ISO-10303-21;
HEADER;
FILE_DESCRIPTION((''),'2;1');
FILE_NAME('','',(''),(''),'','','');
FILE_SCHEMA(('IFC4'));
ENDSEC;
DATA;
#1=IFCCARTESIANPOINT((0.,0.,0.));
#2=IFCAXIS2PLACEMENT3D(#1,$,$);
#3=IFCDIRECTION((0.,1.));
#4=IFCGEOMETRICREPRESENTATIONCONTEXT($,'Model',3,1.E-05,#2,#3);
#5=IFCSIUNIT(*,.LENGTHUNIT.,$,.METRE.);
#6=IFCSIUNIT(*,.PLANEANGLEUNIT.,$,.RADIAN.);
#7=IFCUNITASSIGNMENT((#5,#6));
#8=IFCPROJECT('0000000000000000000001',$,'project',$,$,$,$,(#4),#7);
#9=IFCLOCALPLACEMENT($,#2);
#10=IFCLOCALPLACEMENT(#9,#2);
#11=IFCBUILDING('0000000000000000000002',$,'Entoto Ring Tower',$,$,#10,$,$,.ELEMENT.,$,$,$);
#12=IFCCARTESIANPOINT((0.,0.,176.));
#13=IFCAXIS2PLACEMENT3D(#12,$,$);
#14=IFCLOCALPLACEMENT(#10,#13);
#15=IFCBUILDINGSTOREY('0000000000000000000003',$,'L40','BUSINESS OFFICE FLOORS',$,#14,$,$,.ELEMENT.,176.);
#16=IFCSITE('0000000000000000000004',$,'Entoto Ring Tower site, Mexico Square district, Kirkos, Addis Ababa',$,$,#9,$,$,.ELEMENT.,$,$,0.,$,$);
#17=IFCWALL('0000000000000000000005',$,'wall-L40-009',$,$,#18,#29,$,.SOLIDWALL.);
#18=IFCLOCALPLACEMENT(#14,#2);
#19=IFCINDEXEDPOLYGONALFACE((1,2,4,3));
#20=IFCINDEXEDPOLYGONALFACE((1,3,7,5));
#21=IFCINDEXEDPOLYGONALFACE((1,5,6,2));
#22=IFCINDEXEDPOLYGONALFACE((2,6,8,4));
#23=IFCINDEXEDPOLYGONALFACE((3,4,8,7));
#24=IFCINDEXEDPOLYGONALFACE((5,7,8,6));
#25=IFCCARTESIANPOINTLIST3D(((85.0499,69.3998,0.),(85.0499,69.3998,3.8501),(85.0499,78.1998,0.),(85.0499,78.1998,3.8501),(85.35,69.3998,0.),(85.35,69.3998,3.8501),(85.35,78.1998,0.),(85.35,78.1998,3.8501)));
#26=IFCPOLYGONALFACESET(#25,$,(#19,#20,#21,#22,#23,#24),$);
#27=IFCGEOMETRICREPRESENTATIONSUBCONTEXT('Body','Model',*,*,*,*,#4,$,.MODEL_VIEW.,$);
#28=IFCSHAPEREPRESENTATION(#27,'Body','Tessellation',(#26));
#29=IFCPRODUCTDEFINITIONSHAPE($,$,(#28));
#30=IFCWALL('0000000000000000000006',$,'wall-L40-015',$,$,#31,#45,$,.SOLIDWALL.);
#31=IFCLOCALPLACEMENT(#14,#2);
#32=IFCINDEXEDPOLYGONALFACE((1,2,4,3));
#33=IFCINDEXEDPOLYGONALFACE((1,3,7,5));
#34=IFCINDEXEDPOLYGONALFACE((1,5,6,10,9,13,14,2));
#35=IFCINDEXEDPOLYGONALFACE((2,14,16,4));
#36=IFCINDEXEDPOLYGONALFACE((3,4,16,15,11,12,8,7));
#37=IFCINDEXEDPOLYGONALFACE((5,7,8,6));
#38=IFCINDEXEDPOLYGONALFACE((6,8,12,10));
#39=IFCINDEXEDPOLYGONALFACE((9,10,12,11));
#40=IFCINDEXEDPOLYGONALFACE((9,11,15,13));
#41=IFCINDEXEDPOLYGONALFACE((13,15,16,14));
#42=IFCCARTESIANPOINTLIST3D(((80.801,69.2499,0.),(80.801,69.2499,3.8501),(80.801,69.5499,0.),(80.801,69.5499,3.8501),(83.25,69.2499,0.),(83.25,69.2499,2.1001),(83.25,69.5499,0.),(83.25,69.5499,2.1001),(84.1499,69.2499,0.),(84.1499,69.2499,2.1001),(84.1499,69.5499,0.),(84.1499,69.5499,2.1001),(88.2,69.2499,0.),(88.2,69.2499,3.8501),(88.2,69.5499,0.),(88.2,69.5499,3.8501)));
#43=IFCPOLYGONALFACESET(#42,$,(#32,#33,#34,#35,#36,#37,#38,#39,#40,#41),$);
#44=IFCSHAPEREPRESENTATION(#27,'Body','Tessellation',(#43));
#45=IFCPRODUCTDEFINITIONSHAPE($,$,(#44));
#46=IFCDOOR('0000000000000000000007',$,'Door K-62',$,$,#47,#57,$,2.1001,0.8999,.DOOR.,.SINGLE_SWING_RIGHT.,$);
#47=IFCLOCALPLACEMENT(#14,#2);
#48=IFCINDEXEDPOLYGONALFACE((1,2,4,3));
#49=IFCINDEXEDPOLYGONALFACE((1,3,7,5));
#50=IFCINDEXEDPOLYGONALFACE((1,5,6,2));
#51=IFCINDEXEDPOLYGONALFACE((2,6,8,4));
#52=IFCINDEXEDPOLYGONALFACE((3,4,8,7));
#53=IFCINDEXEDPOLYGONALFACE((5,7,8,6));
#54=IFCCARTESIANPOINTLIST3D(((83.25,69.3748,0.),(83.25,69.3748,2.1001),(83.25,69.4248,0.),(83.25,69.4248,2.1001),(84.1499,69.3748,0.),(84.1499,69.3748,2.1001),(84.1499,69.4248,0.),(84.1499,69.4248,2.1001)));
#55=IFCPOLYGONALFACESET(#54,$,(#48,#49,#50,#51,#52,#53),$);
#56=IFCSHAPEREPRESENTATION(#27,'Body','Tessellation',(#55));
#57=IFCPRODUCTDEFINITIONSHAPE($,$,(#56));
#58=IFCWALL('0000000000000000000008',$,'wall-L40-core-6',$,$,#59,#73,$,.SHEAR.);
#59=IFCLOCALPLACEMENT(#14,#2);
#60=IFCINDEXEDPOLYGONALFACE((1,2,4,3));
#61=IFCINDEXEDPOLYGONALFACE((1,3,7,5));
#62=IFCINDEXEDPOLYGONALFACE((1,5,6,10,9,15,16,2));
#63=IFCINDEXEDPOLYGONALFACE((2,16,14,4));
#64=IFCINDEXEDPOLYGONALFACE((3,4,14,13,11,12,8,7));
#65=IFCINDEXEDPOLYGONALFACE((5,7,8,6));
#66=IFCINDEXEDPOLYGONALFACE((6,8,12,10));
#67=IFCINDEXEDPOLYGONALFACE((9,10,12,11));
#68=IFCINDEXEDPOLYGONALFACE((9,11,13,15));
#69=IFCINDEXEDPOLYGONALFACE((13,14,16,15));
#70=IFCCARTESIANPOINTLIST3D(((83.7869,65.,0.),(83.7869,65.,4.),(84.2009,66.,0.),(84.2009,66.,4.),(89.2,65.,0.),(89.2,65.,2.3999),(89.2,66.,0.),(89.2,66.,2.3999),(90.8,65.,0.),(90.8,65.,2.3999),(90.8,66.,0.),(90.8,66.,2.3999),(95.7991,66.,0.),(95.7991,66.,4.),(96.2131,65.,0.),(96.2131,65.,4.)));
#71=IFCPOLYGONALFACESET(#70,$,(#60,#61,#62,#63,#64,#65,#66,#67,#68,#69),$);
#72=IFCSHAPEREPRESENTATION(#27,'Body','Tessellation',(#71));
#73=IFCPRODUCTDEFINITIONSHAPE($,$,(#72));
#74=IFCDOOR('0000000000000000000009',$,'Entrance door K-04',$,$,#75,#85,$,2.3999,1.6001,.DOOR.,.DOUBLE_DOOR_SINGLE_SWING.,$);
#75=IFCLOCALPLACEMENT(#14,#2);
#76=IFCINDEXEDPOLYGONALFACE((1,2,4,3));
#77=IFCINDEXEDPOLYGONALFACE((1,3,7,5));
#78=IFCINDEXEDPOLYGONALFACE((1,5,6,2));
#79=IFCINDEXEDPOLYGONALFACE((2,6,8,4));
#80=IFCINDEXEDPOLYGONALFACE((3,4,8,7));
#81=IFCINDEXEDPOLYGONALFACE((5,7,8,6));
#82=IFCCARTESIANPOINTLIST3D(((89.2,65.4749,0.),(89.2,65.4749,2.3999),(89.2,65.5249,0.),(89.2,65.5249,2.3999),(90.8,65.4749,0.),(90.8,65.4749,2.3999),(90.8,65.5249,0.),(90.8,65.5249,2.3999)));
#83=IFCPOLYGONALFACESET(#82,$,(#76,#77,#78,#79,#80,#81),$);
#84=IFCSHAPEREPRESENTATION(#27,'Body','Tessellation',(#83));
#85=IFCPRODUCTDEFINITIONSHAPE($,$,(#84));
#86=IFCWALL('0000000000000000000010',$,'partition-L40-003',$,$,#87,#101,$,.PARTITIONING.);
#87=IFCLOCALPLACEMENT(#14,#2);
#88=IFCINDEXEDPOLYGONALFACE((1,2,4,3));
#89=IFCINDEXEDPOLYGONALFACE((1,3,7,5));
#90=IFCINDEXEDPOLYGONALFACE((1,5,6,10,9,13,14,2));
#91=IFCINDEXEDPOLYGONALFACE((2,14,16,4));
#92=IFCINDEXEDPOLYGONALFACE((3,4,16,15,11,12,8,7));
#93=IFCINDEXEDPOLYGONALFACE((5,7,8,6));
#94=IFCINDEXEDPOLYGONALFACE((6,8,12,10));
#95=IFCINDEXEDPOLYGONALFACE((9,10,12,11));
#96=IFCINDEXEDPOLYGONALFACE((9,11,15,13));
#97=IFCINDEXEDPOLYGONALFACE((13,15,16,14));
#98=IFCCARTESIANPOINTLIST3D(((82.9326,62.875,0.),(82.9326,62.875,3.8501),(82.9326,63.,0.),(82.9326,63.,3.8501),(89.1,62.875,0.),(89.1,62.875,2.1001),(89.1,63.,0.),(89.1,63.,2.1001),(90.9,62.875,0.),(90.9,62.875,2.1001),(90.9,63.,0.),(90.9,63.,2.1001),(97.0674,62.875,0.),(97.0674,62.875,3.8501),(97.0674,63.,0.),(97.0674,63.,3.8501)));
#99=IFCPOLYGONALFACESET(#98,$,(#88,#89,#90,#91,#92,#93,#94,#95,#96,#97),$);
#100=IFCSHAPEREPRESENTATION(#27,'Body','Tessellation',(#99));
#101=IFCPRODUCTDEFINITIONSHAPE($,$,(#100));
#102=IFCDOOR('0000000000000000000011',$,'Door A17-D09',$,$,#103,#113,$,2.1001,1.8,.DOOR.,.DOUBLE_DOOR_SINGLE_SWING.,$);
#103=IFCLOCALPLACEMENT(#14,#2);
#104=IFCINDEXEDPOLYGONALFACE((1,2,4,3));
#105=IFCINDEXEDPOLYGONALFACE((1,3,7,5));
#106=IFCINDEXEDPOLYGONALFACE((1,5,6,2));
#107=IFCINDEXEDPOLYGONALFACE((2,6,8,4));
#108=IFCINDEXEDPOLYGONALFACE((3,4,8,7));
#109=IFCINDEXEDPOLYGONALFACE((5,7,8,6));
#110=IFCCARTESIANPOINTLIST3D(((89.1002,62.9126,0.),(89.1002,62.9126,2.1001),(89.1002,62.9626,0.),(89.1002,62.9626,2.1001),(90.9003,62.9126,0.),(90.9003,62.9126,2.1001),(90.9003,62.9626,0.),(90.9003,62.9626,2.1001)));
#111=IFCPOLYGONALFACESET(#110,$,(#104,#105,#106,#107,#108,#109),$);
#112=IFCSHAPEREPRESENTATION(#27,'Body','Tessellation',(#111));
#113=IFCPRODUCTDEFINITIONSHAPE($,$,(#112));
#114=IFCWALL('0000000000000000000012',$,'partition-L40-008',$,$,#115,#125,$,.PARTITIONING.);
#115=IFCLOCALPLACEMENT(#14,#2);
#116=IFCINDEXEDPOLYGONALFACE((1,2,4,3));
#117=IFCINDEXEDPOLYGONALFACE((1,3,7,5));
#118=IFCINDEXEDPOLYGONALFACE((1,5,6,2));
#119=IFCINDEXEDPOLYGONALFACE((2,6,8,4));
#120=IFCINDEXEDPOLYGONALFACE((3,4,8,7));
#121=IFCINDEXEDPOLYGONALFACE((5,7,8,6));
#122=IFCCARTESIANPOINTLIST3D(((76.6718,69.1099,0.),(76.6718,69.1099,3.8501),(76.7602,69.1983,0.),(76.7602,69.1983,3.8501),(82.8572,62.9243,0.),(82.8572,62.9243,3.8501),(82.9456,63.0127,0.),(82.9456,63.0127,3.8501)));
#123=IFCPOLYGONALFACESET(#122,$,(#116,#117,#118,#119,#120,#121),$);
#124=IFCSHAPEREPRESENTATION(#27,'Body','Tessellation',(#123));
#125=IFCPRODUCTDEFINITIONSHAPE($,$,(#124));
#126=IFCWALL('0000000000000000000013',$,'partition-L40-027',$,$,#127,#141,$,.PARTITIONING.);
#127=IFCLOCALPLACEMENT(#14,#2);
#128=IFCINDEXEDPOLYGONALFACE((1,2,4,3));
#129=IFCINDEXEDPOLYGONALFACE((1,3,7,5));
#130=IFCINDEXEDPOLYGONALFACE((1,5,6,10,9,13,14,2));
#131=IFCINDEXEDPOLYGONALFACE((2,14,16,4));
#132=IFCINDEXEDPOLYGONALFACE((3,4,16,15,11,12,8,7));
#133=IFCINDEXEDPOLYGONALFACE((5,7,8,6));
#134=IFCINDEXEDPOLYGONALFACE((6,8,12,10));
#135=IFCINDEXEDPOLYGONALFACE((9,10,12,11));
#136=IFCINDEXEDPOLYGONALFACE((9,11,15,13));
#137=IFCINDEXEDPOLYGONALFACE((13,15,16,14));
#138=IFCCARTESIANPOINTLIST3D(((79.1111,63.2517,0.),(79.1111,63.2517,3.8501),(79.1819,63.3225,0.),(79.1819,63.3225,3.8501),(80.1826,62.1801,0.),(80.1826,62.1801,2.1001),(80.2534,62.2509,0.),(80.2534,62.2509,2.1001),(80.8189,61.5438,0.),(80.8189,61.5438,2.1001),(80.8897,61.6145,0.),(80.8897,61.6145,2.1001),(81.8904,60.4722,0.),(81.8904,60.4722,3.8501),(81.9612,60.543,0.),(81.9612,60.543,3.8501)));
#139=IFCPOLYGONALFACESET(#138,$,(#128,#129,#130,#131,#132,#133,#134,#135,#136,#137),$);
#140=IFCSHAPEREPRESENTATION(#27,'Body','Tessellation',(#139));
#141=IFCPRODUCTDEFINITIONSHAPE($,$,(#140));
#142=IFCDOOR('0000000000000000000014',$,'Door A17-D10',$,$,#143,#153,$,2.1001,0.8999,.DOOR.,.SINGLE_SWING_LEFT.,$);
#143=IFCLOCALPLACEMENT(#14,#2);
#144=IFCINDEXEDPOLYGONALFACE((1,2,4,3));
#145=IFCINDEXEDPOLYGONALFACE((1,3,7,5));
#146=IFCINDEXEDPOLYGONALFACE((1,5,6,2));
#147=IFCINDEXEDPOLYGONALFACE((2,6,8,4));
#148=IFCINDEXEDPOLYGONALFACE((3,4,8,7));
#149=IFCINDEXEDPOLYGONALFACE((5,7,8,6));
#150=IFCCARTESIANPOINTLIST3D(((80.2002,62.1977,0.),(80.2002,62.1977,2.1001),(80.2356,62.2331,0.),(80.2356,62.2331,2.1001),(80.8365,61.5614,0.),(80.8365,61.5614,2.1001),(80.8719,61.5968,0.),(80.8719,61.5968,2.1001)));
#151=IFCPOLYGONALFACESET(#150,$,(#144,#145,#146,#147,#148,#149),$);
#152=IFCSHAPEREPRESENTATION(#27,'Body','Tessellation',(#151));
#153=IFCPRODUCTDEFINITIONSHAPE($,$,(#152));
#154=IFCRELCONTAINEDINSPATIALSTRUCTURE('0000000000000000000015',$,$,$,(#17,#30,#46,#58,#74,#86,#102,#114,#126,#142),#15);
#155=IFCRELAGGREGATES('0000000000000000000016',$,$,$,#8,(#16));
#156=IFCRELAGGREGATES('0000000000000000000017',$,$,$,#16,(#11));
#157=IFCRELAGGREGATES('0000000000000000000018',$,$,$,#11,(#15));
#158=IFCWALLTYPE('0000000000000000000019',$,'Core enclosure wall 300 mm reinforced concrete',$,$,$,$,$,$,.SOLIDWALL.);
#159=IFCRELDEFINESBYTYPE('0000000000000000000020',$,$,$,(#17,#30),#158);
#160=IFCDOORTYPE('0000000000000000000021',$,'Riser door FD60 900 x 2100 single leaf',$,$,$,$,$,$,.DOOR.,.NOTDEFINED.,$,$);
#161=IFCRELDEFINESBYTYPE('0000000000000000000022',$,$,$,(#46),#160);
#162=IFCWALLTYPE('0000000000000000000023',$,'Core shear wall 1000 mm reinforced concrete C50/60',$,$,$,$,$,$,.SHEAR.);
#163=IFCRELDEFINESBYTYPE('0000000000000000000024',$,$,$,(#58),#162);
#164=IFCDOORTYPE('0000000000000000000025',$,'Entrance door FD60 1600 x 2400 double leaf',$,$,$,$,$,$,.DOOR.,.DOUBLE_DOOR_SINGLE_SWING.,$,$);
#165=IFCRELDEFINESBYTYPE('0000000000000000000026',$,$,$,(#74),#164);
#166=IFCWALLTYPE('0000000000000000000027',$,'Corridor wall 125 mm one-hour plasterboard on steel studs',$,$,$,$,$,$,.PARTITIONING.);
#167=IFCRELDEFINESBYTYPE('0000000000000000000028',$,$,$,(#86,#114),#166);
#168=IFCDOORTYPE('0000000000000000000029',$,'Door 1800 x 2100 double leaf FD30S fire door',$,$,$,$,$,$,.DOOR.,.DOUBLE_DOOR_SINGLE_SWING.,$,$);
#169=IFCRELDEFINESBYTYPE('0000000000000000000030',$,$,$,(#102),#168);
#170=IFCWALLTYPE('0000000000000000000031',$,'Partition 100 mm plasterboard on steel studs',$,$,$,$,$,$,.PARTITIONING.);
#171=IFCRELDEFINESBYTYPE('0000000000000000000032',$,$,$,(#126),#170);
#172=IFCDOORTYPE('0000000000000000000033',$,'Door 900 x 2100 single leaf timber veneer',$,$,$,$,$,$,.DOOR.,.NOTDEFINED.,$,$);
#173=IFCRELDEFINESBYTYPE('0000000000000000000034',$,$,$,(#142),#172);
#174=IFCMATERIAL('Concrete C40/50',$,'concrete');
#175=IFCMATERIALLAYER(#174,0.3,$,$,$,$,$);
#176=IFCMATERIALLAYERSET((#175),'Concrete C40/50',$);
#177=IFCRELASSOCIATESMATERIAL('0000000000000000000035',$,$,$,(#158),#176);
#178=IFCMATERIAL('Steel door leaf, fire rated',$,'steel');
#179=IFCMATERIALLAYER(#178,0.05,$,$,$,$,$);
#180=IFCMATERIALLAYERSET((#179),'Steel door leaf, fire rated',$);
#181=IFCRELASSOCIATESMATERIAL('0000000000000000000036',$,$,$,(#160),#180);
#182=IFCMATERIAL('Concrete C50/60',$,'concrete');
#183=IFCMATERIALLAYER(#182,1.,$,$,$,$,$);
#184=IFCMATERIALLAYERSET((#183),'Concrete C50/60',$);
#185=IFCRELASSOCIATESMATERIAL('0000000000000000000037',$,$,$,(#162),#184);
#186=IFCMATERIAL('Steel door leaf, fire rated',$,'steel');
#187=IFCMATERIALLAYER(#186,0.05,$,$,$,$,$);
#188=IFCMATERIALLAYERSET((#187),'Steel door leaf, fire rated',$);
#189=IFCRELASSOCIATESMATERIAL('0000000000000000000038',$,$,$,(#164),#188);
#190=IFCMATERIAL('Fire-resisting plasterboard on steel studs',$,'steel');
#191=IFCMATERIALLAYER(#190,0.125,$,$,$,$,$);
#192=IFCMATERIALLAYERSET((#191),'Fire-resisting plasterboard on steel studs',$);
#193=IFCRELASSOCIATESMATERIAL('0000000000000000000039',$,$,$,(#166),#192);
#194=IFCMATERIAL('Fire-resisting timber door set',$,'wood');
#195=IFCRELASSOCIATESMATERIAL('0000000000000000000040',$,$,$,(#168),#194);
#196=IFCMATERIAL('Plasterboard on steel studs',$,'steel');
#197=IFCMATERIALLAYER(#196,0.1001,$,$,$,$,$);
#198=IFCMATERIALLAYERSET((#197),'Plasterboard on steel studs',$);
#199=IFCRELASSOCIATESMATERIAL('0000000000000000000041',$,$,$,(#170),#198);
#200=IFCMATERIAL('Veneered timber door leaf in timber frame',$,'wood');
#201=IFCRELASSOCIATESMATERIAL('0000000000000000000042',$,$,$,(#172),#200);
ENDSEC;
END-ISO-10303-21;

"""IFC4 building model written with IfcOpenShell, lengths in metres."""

from ifc_helpers import new_model, si_unit, direction, frame, frame_2d, origin, place, context, subcontext, project, spatial, polyline, rectangle, outline, extrude, material, layer, layer_set, type_object, element, fill, save


model = new_model("IFC4")

# Units and contexts
model_context = context("Model", 3, precision=1e-05, world=origin(), true_north=direction((0.0, 1.0)))
body_context = subcontext(model_context, "Body", "Model", "MODEL_VIEW")
ifc_project = project(units=[si_unit("LENGTHUNIT", "METRE"), si_unit("PLANEANGLEUNIT", "RADIAN")], contexts=[model_context])

# Site, building, storey
site_placement = place(None, origin())
site = spatial("IfcSite", under=ifc_project, at=site_placement, Name="Entoto Ring Tower site, Mexico Square district, Kirkos, Addis Ababa", CompositionType="ELEMENT", RefElevation=0.0)
building_placement = place(site_placement, origin())
building = spatial("IfcBuilding", under=site, at=building_placement, Name="Entoto Ring Tower", CompositionType="ELEMENT")
storey_placement = place(building_placement, frame((0.0, 0.0, 176.0)))
storey = spatial("IfcBuildingStorey", under=building, at=storey_placement, Name="L40", Description="BUSINESS OFFICE FLOORS", CompositionType="ELEMENT", Elevation=176.0)

# Wall
ifc_material_1 = material(Name="Concrete C40/50", Category="concrete")
ifc_layer_1 = layer(ifc_material_1, 0.3)
ifc_layer_set_1 = layer_set([ifc_layer_1], Name="Concrete C40/50")
wall_type_1 = type_object("IfcWallType", Name="Core enclosure wall 300 mm reinforced concrete", PredefinedType="SOLIDWALL", material=ifc_layer_set_1)
wall_1_placement = place(storey_placement, frame((85.2, 69.3999, 0.0), z_axis=(0.0, 0.0, 1.0), x_axis=(0.0, 1.0, 0.0)))
element("IfcWall", 1, at=wall_1_placement, inside=storey, type_object=wall_type_1, Name="wall-L40-009", PredefinedType="SOLIDWALL", context=body_context, shape_type="SweptSolid", body=[
    extrude(rectangle(XDim=8.8, YDim=0.3, at=frame_2d((4.3999, 0.0))), origin(), (0.0, 0.0, 1.0), 3.8501),
])

# Walls, openings, doors
wall_2_placement = place(storey_placement, frame((80.801, 69.3999, 0.0), z_axis=(0.0, 0.0, 1.0), x_axis=(1.0, 0.0, 0.0)))
wall_2 = element("IfcWall", 2, at=wall_2_placement, inside=storey, type_object=wall_type_1, Name="wall-L40-015", PredefinedType="SOLIDWALL", context=body_context, shape_type="SweptSolid", body=[
    extrude(rectangle(XDim=7.3989, YDim=0.3, at=frame_2d((3.6995, 0.0))), origin(), (0.0, 0.0, 1.0), 3.8501),
])
opening_1_placement = place(wall_2_placement, frame((2.449, 0.0, 0.0)))
opening_1 = element("IfcOpeningElement", 3, at=opening_1_placement, cuts=wall_2, PredefinedType="OPENING", context=body_context, shape_type="SweptSolid", body=[
    extrude(rectangle(XDim=0.8999, YDim=2.1001, at=frame_2d((0.45, 1.05))), frame((0.0, 0.1602, 0.0), z_axis=(0.0, -1.0, 0.0), x_axis=(1.0, 0.0, 0.0)), (0.0, 0.0, 1.0), 0.3201),
])
ifc_material_2 = material(Name="Steel door leaf, fire rated", Category="steel")
ifc_layer_2 = layer(ifc_material_2, 0.05)
ifc_layer_set_2 = layer_set([ifc_layer_2], Name="Steel door leaf, fire rated")
door_type_1 = type_object("IfcDoorType", Name="Riser door FD60 900 x 2100 single leaf", OperationType="NOTDEFINED", PredefinedType="DOOR", material=ifc_layer_set_2)
door_1_placement = place(opening_1_placement, origin())
door_1 = element("IfcDoor", 4, at=door_1_placement, inside=storey, type_object=door_type_1, Name="Door K-62", OperationType="SINGLE_SWING_RIGHT", OverallHeight=2.1001, OverallWidth=0.8999, PredefinedType="DOOR", context=body_context, shape_type="SweptSolid", body=[
    extrude(rectangle(XDim=0.8999, YDim=2.1001, at=frame_2d((0.45, 1.05))), frame((0.0, 0.0249, 0.0), z_axis=(0.0, -1.0, 0.0), x_axis=(1.0, 0.0, 0.0)), (0.0, 0.0, 1.0), 0.05),
])
fill(opening_1, door_1)
ifc_material_3 = material(Name="Concrete C50/60", Category="concrete")
ifc_layer_3 = layer(ifc_material_3, 1.0)
ifc_layer_set_3 = layer_set([ifc_layer_3], Name="Concrete C50/60")
wall_type_2 = type_object("IfcWallType", Name="Core shear wall 1000 mm reinforced concrete C50/60", PredefinedType="SHEAR", material=ifc_layer_set_3)
wall_3_placement = place(storey_placement, frame((83.9939, 65.5, 0.0), z_axis=(0.0, 0.0, 1.0), x_axis=(1.0, 0.0, 0.0)))
wall_3 = element("IfcWall", 5, at=wall_3_placement, inside=storey, type_object=wall_type_2, Name="wall-L40-core-6", PredefinedType="SHEAR", context=body_context, shape_type="SweptSolid", body=[
    extrude(outline(polyline([(-0.207, -0.5), (12.2192, -0.5), (11.8052, 0.5), (0.207, 0.5), (-0.207, -0.5)])), origin(), (0.0, 0.0, 1.0), 4.0),
])
opening_2_placement = place(wall_3_placement, frame((5.2061, 0.0, 0.0)))
opening_2 = element("IfcOpeningElement", 6, at=opening_2_placement, cuts=wall_3, PredefinedType="OPENING", context=body_context, shape_type="SweptSolid", body=[
    extrude(rectangle(XDim=1.6001, YDim=2.3999, at=frame_2d((0.8, 1.2))), frame((0.0, 0.51, 0.0), z_axis=(0.0, -1.0, 0.0), x_axis=(1.0, 0.0, 0.0)), (0.0, 0.0, 1.0), 1.02),
])
ifc_material_4 = material(Name="Steel door leaf, fire rated", Category="steel")
ifc_layer_4 = layer(ifc_material_4, 0.05)
ifc_layer_set_4 = layer_set([ifc_layer_4], Name="Steel door leaf, fire rated")
door_type_2 = type_object("IfcDoorType", Name="Entrance door FD60 1600 x 2400 double leaf", OperationType="DOUBLE_DOOR_SINGLE_SWING", PredefinedType="DOOR", material=ifc_layer_set_4)
door_2_placement = place(opening_2_placement, origin())
door_2 = element("IfcDoor", 7, at=door_2_placement, inside=storey, type_object=door_type_2, Name="Entrance door K-04", OperationType="DOUBLE_DOOR_SINGLE_SWING", OverallHeight=2.3999, OverallWidth=1.6001, PredefinedType="DOOR", context=body_context, shape_type="SweptSolid", body=[
    extrude(rectangle(XDim=1.6001, YDim=2.3999, at=frame_2d((0.8, 1.2))), frame((0.0, 0.0249, 0.0), z_axis=(0.0, -1.0, 0.0), x_axis=(1.0, 0.0, 0.0)), (0.0, 0.0, 1.0), 0.05),
])
fill(opening_2, door_2)
ifc_material_5 = material(Name="Fire-resisting plasterboard on steel studs", Category="steel")
ifc_layer_5 = layer(ifc_material_5, 0.125)
ifc_layer_set_5 = layer_set([ifc_layer_5], Name="Fire-resisting plasterboard on steel studs")
wall_type_3 = type_object("IfcWallType", Name="Corridor wall 125 mm one-hour plasterboard on steel studs", PredefinedType="PARTITIONING", material=ifc_layer_set_5)
wall_4_placement = place(storey_placement, frame((82.9326, 62.9375, 0.0), z_axis=(0.0, 0.0, 1.0), x_axis=(1.0, 0.0, 0.0)))
wall_4 = element("IfcWall", 8, at=wall_4_placement, inside=storey, type_object=wall_type_3, Name="partition-L40-003", PredefinedType="PARTITIONING", context=body_context, shape_type="SweptSolid", body=[
    extrude(rectangle(XDim=14.1348, YDim=0.125, at=frame_2d((7.0674, 0.0))), origin(), (0.0, 0.0, 1.0), 3.8501),
])
opening_3_placement = place(wall_4_placement, frame((6.1675, 0.0, 0.0)))
opening_3 = element("IfcOpeningElement", 9, at=opening_3_placement, cuts=wall_4, PredefinedType="OPENING", context=body_context, shape_type="SweptSolid", body=[
    extrude(rectangle(XDim=1.8, YDim=2.1001, at=frame_2d((0.8999, 1.05))), frame((0.0, 0.0725, 0.0), z_axis=(0.0, -1.0, 0.0), x_axis=(1.0, 0.0, 0.0)), (0.0, 0.0, 1.0), 0.145),
])
ifc_material_6 = material(Name="Fire-resisting timber door set", Category="wood")
door_type_3 = type_object("IfcDoorType", Name="Door 1800 x 2100 double leaf FD30S fire door", OperationType="DOUBLE_DOOR_SINGLE_SWING", PredefinedType="DOOR", material=ifc_material_6)
door_3_placement = place(opening_3_placement, frame((1.8, 0.0, 0.0), z_axis=(0.0, 0.0, 1.0), x_axis=(-1.0, 0.0, 0.0)))
door_3 = element("IfcDoor", 10, at=door_3_placement, inside=storey, type_object=door_type_3, Name="Door A17-D09", OperationType="DOUBLE_DOOR_SINGLE_SWING", OverallHeight=2.1001, OverallWidth=1.8, PredefinedType="DOOR", context=body_context, shape_type="SweptSolid", body=[
    extrude(rectangle(XDim=1.8, YDim=2.1001, at=frame_2d((0.8999, 1.05))), frame((0.0, 0.0249, 0.0), z_axis=(0.0, -1.0, 0.0), x_axis=(1.0, 0.0, 0.0)), (0.0, 0.0, 1.0), 0.05),
])
fill(opening_3, door_3)

# Wall
wall_5_placement = place(storey_placement, frame((82.9014, 62.9685, 0.0), z_axis=(0.0, 0.0, 1.0), x_axis=(-0.707093, 0.707121, 0.0)))
element("IfcWall", 11, at=wall_5_placement, inside=storey, type_object=wall_type_3, Name="partition-L40-008", PredefinedType="PARTITIONING", context=body_context, shape_type="SweptSolid", body=[
    extrude(rectangle(XDim=8.7476, YDim=0.125, at=frame_2d((4.3738, 0.0))), origin(), (0.0, 0.0, 1.0), 3.8501),
])

# Wall, opening, door
ifc_material_7 = material(Name="Plasterboard on steel studs", Category="steel")
ifc_layer_6 = layer(ifc_material_7, 0.1001)
ifc_layer_set_6 = layer_set([ifc_layer_6], Name="Plasterboard on steel studs")
wall_type_4 = type_object("IfcWallType", Name="Partition 100 mm plasterboard on steel studs", PredefinedType="PARTITIONING", material=ifc_layer_set_6)
wall_6_placement = place(storey_placement, frame((81.9258, 60.5076, 0.0), z_axis=(0.0, 0.0, 1.0), x_axis=(-0.707076, 0.707138, 0.0)))
wall_6 = element("IfcWall", 12, at=wall_6_placement, inside=storey, type_object=wall_type_4, Name="partition-L40-027", PredefinedType="PARTITIONING", context=body_context, shape_type="SweptSolid", body=[
    extrude(rectangle(XDim=3.9307, YDim=0.1001, at=frame_2d((1.9653, 0.0))), origin(), (0.0, 0.0, 1.0), 3.8501),
])
opening_4_placement = place(wall_6_placement, frame((1.5154, 0.0, 0.0)))
opening_4 = element("IfcOpeningElement", 13, at=opening_4_placement, cuts=wall_6, PredefinedType="OPENING", context=body_context, shape_type="SweptSolid", body=[
    extrude(rectangle(XDim=0.8999, YDim=2.1001, at=frame_2d((0.45, 1.05))), frame((0.0, 0.0601, 0.0), z_axis=(0.0, -1.0, 0.0), x_axis=(1.0, 0.0, 0.0)), (0.0, 0.0, 1.0), 0.1201),
])
ifc_material_8 = material(Name="Veneered timber door leaf in timber frame", Category="wood")
door_type_4 = type_object("IfcDoorType", Name="Door 900 x 2100 single leaf timber veneer", OperationType="NOTDEFINED", PredefinedType="DOOR", material=ifc_material_8)
door_4_placement = place(opening_4_placement, frame((0.8999, 0.0, 0.0), z_axis=(0.0, 0.0, 1.0), x_axis=(-1.0, 0.0, 0.0)))
door_4 = element("IfcDoor", 14, at=door_4_placement, inside=storey, type_object=door_type_4, Name="Door A17-D10", OperationType="SINGLE_SWING_LEFT", OverallHeight=2.1001, OverallWidth=0.8999, PredefinedType="DOOR", context=body_context, shape_type="SweptSolid", body=[
    extrude(rectangle(XDim=0.8999, YDim=2.1001, at=frame_2d((0.45, 1.05))), frame((0.0, 0.0249, 0.0), z_axis=(0.0, -1.0, 0.0), x_axis=(1.0, 0.0, 0.0)), (0.0, 0.0, 1.0), 0.05),
])
fill(opening_4, door_4)

save(model, "model.ifc")
